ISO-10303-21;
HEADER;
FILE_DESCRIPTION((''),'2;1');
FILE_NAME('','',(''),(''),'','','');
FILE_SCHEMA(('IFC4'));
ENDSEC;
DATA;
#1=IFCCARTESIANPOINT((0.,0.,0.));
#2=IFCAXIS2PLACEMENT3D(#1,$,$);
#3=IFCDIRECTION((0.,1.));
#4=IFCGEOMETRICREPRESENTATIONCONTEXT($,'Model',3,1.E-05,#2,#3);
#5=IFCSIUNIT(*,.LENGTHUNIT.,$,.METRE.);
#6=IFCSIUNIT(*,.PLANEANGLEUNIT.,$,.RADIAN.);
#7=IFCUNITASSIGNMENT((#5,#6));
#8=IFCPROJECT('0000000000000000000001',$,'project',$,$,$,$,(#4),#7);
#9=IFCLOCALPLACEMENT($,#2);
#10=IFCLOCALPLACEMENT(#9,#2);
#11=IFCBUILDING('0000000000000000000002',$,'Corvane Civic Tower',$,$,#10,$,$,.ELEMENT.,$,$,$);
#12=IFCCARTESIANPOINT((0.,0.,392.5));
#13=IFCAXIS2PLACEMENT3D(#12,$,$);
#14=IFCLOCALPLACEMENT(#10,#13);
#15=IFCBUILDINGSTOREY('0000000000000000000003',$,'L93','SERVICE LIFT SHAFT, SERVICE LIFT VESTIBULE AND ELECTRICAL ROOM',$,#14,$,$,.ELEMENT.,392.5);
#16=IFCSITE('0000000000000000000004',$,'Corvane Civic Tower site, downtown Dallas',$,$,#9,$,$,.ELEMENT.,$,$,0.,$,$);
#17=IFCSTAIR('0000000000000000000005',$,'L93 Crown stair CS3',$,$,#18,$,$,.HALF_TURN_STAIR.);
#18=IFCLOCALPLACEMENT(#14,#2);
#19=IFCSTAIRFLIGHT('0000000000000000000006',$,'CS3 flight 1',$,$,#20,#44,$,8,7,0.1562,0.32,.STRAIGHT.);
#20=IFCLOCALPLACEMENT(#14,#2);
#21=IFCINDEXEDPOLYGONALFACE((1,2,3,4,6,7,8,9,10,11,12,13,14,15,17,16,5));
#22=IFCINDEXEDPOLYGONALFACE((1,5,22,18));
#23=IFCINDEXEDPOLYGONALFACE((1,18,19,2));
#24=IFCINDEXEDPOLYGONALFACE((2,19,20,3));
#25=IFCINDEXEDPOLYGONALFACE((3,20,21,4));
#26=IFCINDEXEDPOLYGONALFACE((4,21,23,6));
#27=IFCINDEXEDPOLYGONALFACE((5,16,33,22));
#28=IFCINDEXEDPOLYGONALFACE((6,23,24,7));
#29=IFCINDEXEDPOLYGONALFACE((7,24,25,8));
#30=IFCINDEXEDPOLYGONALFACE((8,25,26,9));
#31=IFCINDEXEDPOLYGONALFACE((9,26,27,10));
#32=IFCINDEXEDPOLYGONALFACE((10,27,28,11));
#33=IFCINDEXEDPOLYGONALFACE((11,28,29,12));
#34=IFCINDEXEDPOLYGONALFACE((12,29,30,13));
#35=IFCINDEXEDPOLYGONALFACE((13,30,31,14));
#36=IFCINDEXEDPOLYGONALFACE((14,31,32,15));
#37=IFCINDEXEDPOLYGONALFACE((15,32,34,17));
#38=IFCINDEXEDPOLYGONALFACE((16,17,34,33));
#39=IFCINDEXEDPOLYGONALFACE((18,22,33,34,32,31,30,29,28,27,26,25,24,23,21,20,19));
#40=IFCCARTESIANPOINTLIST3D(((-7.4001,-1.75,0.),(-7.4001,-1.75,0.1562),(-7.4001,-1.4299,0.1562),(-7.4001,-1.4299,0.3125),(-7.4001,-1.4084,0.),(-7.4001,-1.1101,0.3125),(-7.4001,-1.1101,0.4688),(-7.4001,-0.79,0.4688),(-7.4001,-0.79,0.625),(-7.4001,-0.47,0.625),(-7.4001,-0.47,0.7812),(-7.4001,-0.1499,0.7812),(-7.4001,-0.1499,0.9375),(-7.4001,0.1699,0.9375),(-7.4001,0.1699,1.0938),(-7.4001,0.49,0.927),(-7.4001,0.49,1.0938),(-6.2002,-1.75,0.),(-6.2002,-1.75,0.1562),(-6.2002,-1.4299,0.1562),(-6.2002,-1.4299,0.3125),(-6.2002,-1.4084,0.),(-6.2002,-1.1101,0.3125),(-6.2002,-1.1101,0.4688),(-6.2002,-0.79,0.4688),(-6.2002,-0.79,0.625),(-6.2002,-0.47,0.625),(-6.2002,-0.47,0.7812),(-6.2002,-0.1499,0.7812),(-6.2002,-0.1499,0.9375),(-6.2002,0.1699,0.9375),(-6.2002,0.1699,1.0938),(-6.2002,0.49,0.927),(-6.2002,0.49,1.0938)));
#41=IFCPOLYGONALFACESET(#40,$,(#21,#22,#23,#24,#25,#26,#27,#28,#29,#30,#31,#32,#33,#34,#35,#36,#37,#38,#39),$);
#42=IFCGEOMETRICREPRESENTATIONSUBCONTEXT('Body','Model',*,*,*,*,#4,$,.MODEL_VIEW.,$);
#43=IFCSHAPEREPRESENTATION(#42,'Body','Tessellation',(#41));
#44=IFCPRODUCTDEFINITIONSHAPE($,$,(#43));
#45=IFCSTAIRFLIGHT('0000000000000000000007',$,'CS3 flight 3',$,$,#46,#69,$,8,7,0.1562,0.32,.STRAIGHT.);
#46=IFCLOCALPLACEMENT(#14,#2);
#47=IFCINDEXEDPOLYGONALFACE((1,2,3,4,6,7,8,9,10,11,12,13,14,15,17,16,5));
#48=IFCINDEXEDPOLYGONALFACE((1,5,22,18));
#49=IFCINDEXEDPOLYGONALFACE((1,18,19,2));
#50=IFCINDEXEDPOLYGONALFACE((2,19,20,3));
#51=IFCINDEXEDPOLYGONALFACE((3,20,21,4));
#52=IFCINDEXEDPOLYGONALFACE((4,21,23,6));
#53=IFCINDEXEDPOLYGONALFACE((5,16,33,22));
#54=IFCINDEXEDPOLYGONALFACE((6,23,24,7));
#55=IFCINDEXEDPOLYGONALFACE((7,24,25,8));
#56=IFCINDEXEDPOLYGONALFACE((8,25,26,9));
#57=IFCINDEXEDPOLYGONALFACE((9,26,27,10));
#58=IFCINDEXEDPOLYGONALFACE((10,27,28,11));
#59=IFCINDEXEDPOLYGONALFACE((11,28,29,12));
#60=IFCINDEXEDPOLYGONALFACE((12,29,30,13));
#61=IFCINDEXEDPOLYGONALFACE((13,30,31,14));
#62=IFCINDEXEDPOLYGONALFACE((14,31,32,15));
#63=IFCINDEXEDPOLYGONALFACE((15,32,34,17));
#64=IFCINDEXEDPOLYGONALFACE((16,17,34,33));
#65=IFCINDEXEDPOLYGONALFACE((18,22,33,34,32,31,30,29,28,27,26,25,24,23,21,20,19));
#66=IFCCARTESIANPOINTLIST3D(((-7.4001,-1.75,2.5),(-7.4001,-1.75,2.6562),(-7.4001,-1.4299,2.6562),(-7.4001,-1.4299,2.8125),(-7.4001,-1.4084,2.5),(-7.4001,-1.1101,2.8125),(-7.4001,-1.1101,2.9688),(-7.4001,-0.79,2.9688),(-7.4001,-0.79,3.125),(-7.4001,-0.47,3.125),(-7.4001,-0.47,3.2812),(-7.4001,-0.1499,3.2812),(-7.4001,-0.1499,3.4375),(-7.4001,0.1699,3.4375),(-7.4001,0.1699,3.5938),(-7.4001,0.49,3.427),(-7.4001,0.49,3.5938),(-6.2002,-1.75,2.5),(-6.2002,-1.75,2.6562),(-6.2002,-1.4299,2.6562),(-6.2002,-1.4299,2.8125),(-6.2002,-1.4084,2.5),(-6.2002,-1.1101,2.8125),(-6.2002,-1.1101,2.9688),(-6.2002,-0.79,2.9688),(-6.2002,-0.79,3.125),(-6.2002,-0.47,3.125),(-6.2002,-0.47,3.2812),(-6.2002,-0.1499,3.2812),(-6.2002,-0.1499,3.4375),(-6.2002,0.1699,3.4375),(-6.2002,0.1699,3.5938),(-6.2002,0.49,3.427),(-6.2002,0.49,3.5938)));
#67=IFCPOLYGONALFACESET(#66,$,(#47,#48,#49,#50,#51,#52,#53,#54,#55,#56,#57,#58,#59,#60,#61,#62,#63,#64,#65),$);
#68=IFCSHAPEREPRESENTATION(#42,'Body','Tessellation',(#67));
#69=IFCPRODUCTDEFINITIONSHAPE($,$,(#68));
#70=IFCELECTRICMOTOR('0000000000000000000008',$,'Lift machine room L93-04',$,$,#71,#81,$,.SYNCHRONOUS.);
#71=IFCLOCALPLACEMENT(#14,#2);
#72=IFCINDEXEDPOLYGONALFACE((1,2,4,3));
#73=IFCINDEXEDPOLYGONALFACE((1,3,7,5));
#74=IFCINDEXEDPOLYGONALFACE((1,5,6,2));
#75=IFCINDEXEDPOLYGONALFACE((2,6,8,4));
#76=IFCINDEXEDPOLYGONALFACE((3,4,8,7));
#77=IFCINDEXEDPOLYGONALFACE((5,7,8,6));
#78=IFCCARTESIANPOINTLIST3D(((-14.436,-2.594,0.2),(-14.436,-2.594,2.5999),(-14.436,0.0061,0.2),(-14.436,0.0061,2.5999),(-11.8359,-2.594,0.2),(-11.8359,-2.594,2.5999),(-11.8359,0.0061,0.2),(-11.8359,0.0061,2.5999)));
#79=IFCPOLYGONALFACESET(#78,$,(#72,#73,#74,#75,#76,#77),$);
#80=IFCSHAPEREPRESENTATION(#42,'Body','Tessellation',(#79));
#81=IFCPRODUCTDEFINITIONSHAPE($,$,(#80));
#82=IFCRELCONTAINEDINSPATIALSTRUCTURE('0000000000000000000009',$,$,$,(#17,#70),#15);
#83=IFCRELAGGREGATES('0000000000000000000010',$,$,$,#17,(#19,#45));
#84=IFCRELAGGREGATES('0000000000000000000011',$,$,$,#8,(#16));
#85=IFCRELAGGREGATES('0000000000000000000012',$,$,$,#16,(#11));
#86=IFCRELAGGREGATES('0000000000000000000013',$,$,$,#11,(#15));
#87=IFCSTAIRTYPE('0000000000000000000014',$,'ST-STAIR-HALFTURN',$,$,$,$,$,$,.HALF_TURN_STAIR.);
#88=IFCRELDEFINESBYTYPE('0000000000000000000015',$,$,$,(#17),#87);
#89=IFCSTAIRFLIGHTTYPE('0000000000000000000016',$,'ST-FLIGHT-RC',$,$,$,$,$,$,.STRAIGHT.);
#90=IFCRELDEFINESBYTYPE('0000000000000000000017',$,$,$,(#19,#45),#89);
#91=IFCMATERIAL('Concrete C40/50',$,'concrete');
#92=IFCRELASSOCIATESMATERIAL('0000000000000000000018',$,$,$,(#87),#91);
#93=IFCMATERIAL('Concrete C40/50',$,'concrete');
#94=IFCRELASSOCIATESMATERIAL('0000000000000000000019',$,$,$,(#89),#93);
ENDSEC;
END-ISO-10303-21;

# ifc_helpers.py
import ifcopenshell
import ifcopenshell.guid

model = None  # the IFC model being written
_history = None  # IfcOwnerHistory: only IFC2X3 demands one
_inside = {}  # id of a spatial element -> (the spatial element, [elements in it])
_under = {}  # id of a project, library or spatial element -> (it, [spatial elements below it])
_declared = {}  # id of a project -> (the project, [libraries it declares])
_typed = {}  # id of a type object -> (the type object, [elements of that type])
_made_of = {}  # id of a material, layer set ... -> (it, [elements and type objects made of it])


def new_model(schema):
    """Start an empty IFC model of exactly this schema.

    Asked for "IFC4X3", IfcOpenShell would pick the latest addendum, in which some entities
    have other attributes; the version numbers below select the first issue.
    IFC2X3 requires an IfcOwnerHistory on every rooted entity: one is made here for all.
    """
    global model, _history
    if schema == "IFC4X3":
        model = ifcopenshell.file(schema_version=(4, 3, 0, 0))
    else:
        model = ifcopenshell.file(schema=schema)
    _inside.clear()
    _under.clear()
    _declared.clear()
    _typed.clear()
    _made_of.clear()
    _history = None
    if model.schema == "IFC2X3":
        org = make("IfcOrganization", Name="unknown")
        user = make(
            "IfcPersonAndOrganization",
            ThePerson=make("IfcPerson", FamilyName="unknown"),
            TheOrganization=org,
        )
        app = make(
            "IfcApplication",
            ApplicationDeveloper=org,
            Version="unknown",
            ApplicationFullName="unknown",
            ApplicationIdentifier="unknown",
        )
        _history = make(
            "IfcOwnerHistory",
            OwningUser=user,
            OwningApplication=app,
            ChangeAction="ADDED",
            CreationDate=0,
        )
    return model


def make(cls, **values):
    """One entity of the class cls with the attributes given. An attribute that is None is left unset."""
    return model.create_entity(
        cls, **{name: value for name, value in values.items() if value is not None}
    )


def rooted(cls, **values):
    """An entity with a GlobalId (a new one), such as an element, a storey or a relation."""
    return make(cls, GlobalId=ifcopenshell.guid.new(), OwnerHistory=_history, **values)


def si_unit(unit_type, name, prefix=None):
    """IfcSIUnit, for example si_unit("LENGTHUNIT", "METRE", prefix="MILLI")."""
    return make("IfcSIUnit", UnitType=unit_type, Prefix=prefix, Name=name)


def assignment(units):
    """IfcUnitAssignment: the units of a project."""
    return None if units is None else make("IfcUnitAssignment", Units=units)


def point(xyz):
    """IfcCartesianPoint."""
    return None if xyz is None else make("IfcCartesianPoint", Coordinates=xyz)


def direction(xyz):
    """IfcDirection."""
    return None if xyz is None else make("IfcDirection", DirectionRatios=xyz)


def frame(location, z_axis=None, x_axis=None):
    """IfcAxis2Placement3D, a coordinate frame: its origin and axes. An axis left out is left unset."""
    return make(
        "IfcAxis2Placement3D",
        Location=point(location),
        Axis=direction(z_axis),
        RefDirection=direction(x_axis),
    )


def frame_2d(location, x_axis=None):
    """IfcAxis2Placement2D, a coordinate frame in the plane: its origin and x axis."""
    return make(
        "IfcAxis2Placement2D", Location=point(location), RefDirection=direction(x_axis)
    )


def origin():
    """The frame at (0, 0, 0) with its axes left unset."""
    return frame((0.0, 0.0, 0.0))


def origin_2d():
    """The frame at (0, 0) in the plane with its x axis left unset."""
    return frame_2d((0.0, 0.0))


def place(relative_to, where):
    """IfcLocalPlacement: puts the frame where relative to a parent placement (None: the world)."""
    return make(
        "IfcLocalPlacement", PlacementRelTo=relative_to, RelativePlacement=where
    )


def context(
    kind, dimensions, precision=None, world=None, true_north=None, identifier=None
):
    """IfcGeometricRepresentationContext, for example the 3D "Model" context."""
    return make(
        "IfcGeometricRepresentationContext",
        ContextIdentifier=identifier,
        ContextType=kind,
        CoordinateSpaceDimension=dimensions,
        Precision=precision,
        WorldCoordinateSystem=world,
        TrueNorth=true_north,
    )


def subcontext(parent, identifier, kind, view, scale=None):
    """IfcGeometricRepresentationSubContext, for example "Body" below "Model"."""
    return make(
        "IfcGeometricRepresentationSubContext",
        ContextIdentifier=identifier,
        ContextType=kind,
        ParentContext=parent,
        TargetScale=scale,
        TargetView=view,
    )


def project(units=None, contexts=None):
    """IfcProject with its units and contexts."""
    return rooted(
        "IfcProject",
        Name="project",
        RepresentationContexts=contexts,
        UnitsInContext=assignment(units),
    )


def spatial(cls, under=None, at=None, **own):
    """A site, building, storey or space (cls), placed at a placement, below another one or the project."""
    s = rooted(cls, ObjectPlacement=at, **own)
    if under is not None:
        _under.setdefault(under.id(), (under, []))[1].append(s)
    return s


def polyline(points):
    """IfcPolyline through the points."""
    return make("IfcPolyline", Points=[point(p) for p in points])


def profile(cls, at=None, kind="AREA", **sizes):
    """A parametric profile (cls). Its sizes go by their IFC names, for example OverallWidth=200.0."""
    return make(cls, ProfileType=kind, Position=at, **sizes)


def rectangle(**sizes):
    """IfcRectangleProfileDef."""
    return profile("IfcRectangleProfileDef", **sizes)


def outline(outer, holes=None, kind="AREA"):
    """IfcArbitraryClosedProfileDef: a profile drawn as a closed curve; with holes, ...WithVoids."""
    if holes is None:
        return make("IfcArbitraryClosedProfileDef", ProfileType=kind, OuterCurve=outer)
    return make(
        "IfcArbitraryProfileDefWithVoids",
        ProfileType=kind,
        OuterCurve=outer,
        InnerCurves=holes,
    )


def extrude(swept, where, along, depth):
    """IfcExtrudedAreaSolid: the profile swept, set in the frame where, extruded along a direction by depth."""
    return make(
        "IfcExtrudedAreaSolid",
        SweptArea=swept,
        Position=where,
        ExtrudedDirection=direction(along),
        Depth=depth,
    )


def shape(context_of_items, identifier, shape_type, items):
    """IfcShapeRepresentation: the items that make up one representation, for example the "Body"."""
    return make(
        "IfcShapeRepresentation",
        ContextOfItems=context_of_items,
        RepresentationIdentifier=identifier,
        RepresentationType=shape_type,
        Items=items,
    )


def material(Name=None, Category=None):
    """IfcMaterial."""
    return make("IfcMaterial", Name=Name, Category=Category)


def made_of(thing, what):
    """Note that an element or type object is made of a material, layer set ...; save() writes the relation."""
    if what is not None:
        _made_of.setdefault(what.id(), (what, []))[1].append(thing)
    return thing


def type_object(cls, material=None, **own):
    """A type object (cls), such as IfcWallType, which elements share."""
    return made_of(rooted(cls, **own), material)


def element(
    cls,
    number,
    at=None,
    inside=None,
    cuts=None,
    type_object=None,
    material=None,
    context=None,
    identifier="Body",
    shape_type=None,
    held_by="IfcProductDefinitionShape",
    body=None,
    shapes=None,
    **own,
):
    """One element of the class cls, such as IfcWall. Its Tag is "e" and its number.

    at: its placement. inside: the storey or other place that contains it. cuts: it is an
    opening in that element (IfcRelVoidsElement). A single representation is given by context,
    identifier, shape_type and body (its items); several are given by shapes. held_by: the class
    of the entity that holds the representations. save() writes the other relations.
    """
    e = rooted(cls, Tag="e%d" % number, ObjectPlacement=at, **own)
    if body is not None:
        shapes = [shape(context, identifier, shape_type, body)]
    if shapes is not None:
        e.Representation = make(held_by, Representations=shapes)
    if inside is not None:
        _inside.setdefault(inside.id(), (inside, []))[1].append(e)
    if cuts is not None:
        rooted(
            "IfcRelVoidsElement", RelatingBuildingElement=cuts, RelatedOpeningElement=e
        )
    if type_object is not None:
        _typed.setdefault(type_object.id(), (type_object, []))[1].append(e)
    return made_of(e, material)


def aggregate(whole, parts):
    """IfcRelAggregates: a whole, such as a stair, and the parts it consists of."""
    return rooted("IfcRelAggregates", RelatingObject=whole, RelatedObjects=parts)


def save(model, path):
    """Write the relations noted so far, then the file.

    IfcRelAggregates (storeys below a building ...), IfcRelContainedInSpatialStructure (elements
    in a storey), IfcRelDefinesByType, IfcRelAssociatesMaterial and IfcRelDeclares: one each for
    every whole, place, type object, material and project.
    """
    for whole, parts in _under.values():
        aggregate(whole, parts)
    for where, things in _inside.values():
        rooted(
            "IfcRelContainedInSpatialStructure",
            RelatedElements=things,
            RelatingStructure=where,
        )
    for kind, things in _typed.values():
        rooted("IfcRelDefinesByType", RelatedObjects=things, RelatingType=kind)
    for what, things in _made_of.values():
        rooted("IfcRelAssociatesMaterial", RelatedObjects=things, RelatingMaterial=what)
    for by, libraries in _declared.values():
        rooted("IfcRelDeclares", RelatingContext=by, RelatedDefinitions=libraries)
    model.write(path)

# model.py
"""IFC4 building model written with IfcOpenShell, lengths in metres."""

from ifc_helpers import new_model, si_unit, direction, frame, origin, origin_2d, place, context, subcontext, project, spatial, polyline, rectangle, outline, extrude, material, type_object, element, aggregate, save


model = new_model("IFC4")

# Units and contexts
model_context = context("Model", 3, precision=1e-05, world=origin(), true_north=direction((0.0, 1.0)))
body_context = subcontext(model_context, "Body", "Model", "MODEL_VIEW")
ifc_project = project(units=[si_unit("LENGTHUNIT", "METRE"), si_unit("PLANEANGLEUNIT", "RADIAN")], contexts=[model_context])

# Site, building, storey
site_placement = place(None, origin())
site = spatial("IfcSite", under=ifc_project, at=site_placement, Name="Corvane Civic Tower site, downtown Dallas", CompositionType="ELEMENT", RefElevation=0.0)
building_placement = place(site_placement, origin())
building = spatial("IfcBuilding", under=site, at=building_placement, Name="Corvane Civic Tower", CompositionType="ELEMENT")
storey_placement = place(building_placement, frame((0.0, 0.0, 392.5)))
storey = spatial("IfcBuildingStorey", under=building, at=storey_placement, Name="L93", Description="SERVICE LIFT SHAFT, SERVICE LIFT VESTIBULE AND ELECTRICAL ROOM", CompositionType="ELEMENT", Elevation=392.5)

# Stair, stair flights
ifc_material_1 = material(Name="Concrete C40/50", Category="concrete")
stair_type = type_object("IfcStairType", Name="ST-STAIR-HALFTURN", PredefinedType="HALF_TURN_STAIR", material=ifc_material_1)
stair_placement = place(storey_placement, origin())
stair = element("IfcStair", 1, at=stair_placement, inside=storey, type_object=stair_type, Name="L93 Crown stair CS3", PredefinedType="HALF_TURN_STAIR")
ifc_material_2 = material(Name="Concrete C40/50", Category="concrete")
stair_flight_type = type_object("IfcStairFlightType", Name="ST-FLIGHT-RC", PredefinedType="STRAIGHT", material=ifc_material_2)
stair_flight_1_placement = place(storey_placement, frame((-6.8, -1.75, 0.0), z_axis=(0.0, 0.0, 1.0), x_axis=(0.0, 1.0, 0.0)))
stair_flight_1 = element("IfcStairFlight", 2, at=stair_flight_1_placement, type_object=stair_flight_type, Name="CS3 flight 1", NumberOfRisers=8, NumberOfTreads=7, PredefinedType="STRAIGHT", RiserHeight=0.1562, TreadLength=0.32, context=body_context, shape_type="SweptSolid", body=[
    extrude(outline(polyline([(0.0, 0.0), (0.0, 0.1562), (0.3201, 0.1562), (0.3201, 0.3125), (0.6399, 0.3125), (0.6399, 0.4688), (0.96, 0.4688), (0.96, 0.625), (1.28, 0.625), (1.28, 0.7812), (1.6001, 0.7812), (1.6001, 0.9375), (1.9199, 0.9375), (1.9199, 1.0938), (2.24, 1.0938), (2.24, 1.25), (2.24, 0.927), (0.3416, 0.0), (0.0, 0.0)])), frame((0.0, 0.6001, 0.0), z_axis=(0.0, -1.0, 0.0), x_axis=(1.0, 0.0, 0.0)), (0.0, 0.0, 1.0), 1.2),
])
stair_flight_2_placement = place(storey_placement, frame((-6.8, -1.75, 2.5), z_axis=(0.0, 0.0, 1.0), x_axis=(0.0, 1.0, 0.0)))
stair_flight_2 = element("IfcStairFlight", 3, at=stair_flight_2_placement, type_object=stair_flight_type, Name="CS3 flight 3", NumberOfRisers=8, NumberOfTreads=7, PredefinedType="STRAIGHT", RiserHeight=0.1562, TreadLength=0.32, context=body_context, shape_type="SweptSolid", body=[
    extrude(outline(polyline([(0.0, 0.0), (0.0, 0.1562), (0.3201, 0.1562), (0.3201, 0.3125), (0.6399, 0.3125), (0.6399, 0.4688), (0.96, 0.4688), (0.96, 0.625), (1.28, 0.625), (1.28, 0.7812), (1.6001, 0.7812), (1.6001, 0.9375), (1.9199, 0.9375), (1.9199, 1.0938), (2.24, 1.0938), (2.24, 1.25), (2.24, 0.927), (0.3416, 0.0), (0.0, 0.0)])), frame((0.0, 0.6001, 0.0), z_axis=(0.0, -1.0, 0.0), x_axis=(1.0, 0.0, 0.0)), (0.0, 0.0, 1.0), 1.2),
])
aggregate(stair, [stair_flight_1, stair_flight_2])

# Electric motor
electric_motor_placement = place(storey_placement, frame((-13.136, -1.2939, 0.2), z_axis=(0.0, 0.0, 1.0), x_axis=(1.0, 0.0, 0.0)))
element("IfcElectricMotor", 4, at=electric_motor_placement, inside=storey, Name="Lift machine room L93-04", PredefinedType="SYNCHRONOUS", context=body_context, shape_type="SweptSolid", body=[
    extrude(rectangle(XDim=2.6001, YDim=2.6001, at=origin_2d()), origin(), (0.0, 0.0, 1.0), 2.3999),
])

save(model, "model.ifc")
